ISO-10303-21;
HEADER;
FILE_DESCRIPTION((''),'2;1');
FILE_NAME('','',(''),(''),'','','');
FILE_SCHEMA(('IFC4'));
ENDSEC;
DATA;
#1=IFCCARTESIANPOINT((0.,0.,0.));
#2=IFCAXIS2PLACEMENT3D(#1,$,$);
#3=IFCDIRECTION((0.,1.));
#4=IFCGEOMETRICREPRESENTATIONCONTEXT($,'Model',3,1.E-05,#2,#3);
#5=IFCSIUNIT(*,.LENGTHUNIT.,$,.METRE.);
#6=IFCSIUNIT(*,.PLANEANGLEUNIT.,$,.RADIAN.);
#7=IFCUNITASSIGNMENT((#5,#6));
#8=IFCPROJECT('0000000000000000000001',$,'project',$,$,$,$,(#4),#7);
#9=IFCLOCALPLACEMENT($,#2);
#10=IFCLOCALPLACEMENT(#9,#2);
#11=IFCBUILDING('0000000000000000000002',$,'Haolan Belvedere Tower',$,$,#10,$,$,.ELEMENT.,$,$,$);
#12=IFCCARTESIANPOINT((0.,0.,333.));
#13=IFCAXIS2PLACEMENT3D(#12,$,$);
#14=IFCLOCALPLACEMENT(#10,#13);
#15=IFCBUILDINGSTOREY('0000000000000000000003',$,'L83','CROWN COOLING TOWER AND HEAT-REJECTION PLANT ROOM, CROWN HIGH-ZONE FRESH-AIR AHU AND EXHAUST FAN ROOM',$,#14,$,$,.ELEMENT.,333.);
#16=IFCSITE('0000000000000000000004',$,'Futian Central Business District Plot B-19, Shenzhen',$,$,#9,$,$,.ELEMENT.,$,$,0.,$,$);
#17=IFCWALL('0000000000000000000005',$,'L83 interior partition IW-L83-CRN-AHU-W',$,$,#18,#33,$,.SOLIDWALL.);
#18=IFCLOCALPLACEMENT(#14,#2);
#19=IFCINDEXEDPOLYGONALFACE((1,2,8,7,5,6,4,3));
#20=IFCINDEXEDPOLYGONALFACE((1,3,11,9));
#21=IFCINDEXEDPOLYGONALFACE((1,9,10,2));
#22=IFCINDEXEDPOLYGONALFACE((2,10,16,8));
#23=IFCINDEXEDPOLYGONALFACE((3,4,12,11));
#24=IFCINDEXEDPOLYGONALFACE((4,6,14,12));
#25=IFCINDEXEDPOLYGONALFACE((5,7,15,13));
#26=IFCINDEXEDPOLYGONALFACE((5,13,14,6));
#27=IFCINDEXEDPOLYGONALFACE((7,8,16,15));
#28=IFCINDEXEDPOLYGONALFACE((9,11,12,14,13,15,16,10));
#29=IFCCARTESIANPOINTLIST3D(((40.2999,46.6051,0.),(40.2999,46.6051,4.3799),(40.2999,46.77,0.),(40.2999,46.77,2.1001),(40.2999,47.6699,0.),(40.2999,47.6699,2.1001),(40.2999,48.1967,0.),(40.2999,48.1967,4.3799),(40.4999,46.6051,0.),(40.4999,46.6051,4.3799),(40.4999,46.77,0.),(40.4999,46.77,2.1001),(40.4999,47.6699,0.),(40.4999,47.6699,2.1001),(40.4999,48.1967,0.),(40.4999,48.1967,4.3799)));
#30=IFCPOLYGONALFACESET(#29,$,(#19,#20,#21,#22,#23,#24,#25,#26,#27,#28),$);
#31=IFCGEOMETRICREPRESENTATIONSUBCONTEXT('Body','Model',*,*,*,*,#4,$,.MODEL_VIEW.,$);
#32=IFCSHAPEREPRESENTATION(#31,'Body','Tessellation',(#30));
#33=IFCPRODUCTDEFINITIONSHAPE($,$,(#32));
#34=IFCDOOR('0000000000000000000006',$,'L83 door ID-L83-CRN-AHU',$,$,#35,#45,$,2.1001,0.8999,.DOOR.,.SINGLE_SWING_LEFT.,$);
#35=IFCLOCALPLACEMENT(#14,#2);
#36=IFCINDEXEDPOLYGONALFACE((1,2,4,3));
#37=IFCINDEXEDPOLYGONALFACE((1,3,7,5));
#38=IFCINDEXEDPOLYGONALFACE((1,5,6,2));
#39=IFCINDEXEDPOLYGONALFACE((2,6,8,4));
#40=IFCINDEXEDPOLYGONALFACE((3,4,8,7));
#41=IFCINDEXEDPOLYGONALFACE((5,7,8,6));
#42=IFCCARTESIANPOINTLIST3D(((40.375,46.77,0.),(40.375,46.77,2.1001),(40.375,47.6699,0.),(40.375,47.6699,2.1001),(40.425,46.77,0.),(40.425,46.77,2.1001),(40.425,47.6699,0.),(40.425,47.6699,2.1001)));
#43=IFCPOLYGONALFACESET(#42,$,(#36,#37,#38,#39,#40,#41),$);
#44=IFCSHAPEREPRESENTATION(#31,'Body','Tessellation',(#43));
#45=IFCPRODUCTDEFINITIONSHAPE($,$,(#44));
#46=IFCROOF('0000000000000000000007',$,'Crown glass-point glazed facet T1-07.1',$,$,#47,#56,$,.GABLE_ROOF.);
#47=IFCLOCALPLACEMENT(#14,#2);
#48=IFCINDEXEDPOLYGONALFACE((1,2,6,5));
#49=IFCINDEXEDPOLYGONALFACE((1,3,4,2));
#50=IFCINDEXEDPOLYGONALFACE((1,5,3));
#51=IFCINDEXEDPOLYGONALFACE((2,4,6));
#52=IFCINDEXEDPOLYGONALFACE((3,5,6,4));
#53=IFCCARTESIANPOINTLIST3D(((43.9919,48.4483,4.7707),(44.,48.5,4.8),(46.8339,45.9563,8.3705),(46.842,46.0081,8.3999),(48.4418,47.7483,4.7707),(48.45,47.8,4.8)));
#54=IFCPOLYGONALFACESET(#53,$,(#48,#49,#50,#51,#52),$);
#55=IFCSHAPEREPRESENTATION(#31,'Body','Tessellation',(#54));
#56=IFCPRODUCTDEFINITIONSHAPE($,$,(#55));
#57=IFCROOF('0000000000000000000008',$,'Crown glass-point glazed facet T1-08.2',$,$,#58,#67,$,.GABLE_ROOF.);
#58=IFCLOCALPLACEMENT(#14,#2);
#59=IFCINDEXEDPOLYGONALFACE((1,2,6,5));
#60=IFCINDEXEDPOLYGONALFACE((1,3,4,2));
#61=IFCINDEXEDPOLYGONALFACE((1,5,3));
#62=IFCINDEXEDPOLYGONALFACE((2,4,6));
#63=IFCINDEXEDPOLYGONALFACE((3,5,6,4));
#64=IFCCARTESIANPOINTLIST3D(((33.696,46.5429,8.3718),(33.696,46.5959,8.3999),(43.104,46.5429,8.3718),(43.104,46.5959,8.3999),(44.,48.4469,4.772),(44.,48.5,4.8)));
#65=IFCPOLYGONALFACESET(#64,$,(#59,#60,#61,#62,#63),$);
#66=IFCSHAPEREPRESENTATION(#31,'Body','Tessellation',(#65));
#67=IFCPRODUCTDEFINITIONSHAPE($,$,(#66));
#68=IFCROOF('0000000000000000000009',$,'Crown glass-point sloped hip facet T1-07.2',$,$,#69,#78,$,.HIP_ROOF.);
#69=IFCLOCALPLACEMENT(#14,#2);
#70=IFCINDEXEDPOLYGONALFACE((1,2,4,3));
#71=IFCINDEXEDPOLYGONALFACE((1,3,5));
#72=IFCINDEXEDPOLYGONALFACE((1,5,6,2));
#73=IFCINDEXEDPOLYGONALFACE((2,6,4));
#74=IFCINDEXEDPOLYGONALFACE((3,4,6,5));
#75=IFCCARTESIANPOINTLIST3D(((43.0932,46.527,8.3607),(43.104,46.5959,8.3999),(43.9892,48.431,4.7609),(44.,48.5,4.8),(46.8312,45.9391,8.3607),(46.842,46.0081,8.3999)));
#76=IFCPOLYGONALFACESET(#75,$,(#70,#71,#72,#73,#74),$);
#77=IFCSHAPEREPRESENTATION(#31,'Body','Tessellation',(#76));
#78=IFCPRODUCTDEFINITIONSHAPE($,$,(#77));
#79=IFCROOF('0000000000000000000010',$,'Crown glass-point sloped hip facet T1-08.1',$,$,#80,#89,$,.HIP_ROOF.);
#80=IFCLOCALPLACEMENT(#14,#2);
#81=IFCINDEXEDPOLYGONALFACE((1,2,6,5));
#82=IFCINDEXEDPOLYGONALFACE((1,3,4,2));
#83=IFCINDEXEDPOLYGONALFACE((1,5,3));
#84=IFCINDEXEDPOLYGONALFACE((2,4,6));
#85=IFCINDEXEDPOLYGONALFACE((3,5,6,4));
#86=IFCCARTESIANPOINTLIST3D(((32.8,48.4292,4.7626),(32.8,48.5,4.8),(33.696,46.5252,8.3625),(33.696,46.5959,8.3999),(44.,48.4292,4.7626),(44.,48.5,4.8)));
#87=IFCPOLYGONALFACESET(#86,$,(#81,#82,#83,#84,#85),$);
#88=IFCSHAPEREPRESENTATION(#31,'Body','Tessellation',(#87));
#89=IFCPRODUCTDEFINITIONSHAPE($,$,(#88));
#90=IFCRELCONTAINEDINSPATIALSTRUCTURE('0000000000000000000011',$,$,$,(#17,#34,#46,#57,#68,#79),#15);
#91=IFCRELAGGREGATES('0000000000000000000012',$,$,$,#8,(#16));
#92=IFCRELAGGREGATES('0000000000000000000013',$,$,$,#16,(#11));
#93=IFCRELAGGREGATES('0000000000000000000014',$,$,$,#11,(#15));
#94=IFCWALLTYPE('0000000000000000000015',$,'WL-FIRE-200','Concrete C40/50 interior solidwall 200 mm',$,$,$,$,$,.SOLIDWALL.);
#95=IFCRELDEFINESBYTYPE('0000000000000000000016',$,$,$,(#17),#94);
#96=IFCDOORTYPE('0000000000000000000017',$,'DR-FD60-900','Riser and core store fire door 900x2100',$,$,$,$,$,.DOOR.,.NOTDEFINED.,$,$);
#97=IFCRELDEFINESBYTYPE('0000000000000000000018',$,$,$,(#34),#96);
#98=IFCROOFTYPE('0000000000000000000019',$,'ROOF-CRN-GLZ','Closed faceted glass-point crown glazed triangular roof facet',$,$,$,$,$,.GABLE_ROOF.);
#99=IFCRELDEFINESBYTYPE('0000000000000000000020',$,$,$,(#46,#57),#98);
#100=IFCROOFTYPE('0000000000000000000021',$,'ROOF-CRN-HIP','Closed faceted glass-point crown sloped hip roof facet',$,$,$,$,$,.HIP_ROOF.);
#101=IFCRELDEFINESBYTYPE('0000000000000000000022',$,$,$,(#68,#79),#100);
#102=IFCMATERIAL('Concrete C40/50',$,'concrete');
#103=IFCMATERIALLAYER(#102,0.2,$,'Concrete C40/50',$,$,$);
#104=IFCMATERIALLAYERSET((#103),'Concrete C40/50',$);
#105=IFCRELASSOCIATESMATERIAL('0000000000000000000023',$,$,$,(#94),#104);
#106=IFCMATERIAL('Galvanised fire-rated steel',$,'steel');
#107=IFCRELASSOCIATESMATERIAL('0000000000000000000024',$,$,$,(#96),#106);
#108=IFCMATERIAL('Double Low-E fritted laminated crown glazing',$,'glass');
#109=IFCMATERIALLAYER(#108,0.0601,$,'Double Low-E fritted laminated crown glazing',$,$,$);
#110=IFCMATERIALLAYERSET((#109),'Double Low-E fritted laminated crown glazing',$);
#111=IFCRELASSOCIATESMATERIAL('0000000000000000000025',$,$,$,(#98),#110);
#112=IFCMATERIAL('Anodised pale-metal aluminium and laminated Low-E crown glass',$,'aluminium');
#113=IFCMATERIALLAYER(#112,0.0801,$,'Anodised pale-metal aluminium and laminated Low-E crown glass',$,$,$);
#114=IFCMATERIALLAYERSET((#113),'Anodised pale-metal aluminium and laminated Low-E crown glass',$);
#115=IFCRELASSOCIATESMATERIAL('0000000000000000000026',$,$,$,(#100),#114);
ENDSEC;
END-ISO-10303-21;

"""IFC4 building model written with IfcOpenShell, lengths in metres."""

from ifc_helpers import new_model, si_unit, direction, frame, frame_2d, origin, place, context, subcontext, project, spatial, polyline, rectangle, outline, extrude, material, layer, layer_set, type_object, element, fill, save


model = new_model("IFC4")

# Units and contexts
model_context = context("Model", 3, precision=1e-05, world=origin(), true_north=direction((0.0, 1.0)))
body_context = subcontext(model_context, "Body", "Model", "MODEL_VIEW")
ifc_project = project(units=[si_unit("LENGTHUNIT", "METRE"), si_unit("PLANEANGLEUNIT", "RADIAN")], contexts=[model_context])

# Site, building, storey
site_placement = place(None, origin())
site = spatial("IfcSite", under=ifc_project, at=site_placement, Name="Futian Central Business District Plot B-19, Shenzhen", CompositionType="ELEMENT", RefElevation=0.0)
building_placement = place(site_placement, origin())
building = spatial("IfcBuilding", under=site, at=building_placement, Name="Haolan Belvedere Tower", CompositionType="ELEMENT")
storey_placement = place(building_placement, frame((0.0, 0.0, 333.0)))
storey = spatial("IfcBuildingStorey", under=building, at=storey_placement, Name="L83", Description="CROWN COOLING TOWER AND HEAT-REJECTION PLANT ROOM, CROWN HIGH-ZONE FRESH-AIR AHU AND EXHAUST FAN ROOM", CompositionType="ELEMENT", Elevation=333.0)

# Wall, opening, door
ifc_material_1 = material(Name="Concrete C40/50", Category="concrete")
ifc_layer_1 = layer(ifc_material_1, 0.2, Name="Concrete C40/50")
ifc_layer_set_1 = layer_set([ifc_layer_1], Name="Concrete C40/50")
wall_type_1 = type_object("IfcWallType", Name="WL-FIRE-200", Description="Concrete C40/50 interior solidwall 200 mm", PredefinedType="SOLIDWALL", material=ifc_layer_set_1)
wall_1_placement = place(storey_placement, frame((40.3999, 46.605, 0.0), z_axis=(0.0, 0.0, 1.0), x_axis=(0.0, 1.0, 0.0)))
wall_1 = element("IfcWall", 1, at=wall_1_placement, inside=storey, type_object=wall_type_1, Name="L83 interior partition IW-L83-CRN-AHU-W", PredefinedType="SOLIDWALL", context=body_context, shape_type="SweptSolid", body=[
    extrude(rectangle(XDim=1.5916, YDim=0.2, at=frame_2d((0.7959, 0.0))), origin(), (0.0, 0.0, 1.0), 4.3799),
])
opening_placement = place(wall_1_placement, frame((0.165, 0.0, 0.0)))
opening = element("IfcOpeningElement", 2, at=opening_placement, cuts=wall_1, PredefinedType="OPENING", context=body_context, shape_type="SweptSolid", body=[
    extrude(rectangle(XDim=0.8999, YDim=2.1001, at=frame_2d((0.45, 1.05))), frame((0.0, 0.1099, 0.0), z_axis=(0.0, -1.0, 0.0), x_axis=(1.0, 0.0, 0.0)), (0.0, 0.0, 1.0), 0.22),
])
ifc_material_2 = material(Name="Galvanised fire-rated steel", Category="steel")
door_type = type_object("IfcDoorType", Name="DR-FD60-900", Description="Riser and core store fire door 900x2100", OperationType="NOTDEFINED", PredefinedType="DOOR", material=ifc_material_2)
door_placement = place(opening_placement, origin())
door = element("IfcDoor", 3, at=door_placement, inside=storey, type_object=door_type, Name="L83 door ID-L83-CRN-AHU", OperationType="SINGLE_SWING_LEFT", OverallHeight=2.1001, OverallWidth=0.8999, PredefinedType="DOOR", context=body_context, shape_type="SweptSolid", body=[
    extrude(rectangle(XDim=0.8999, YDim=2.1001, at=frame_2d((0.45, 1.05))), frame((0.0, 0.0249, 0.0), z_axis=(0.0, -1.0, 0.0), x_axis=(1.0, 0.0, 0.0)), (0.0, 0.0, 1.0), 0.05),
])
fill(opening, door)

# Roofs
ifc_material_3 = material(Name="Double Low-E fritted laminated crown glazing", Category="glass")
ifc_layer_2 = layer(ifc_material_3, 0.0601, Name="Double Low-E fritted laminated crown glazing")
ifc_layer_set_2 = layer_set([ifc_layer_2], Name="Double Low-E fritted laminated crown glazing")
roof_type_1 = type_object("IfcRoofType", Name="ROOF-CRN-GLZ", Description="Closed faceted glass-point crown glazed triangular roof facet", PredefinedType="GABLE_ROOF", material=ifc_layer_set_2)
roof_1_placement = place(storey_placement, frame((48.45, 47.8, 4.8), z_axis=(0.135506, 0.861485, 0.489369), x_axis=(-0.987854, 0.155384, 0.0)))
element("IfcRoof", 4, at=roof_1_placement, inside=storey, type_object=roof_type_1, Name="Crown glass-point glazed facet T1-07.1", PredefinedType="GABLE_ROOF", context=body_context, shape_type="SweptSolid", body=[
    extrude(outline(polyline([(0.0, 0.0), (4.5047, 0.0), (1.3099, 4.1279), (0.0, 0.0)])), origin(), (0.0, 0.0, -1.0), 0.0601),
])
roof_2_placement = place(storey_placement, frame((44.0, 48.5, 4.8), z_axis=(0.0, 0.883966, 0.467552), x_axis=(-0.93, -0.171853, 0.32491)))
element("IfcRoof", 5, at=roof_2_placement, inside=storey, type_object=roof_type_1, Name="Crown glass-point glazed facet T1-08.2", PredefinedType="GABLE_ROOF", context=body_context, shape_type="SweptSolid", body=[
    extrude(outline(polyline([(0.0, 0.0), (11.0795, 0.0), (2.3301, 3.458), (0.0, 0.0)])), origin(), (0.0, 0.0, -1.0), 0.0601),
])
ifc_material_4 = material(Name="Anodised pale-metal aluminium and laminated Low-E crown glass", Category="aluminium")
ifc_layer_3 = layer(ifc_material_4, 0.0801, Name="Anodised pale-metal aluminium and laminated Low-E crown glass")
ifc_layer_set_3 = layer_set([ifc_layer_3], Name="Anodised pale-metal aluminium and laminated Low-E crown glass")
roof_type_2 = type_object("IfcRoofType", Name="ROOF-CRN-HIP", Description="Closed faceted glass-point crown sloped hip roof facet", PredefinedType="HIP_ROOF", material=ifc_layer_set_3)
roof_3_placement = place(storey_placement, frame((44.0, 48.5, 4.8), z_axis=(0.135487, 0.861481, 0.489381), x_axis=(-0.214878, -0.45663, 0.863317)))
element("IfcRoof", 6, at=roof_3_placement, inside=storey, type_object=roof_type_2, Name="Crown glass-point sloped hip facet T1-07.2", PredefinedType="HIP_ROOF", context=body_context, shape_type="SweptSolid", body=[
    extrude(outline(polyline([(0.0, 0.0), (4.1698, 0.0), (3.635, 3.746), (0.0, 0.0)])), origin(), (0.0, 0.0, -1.0), 0.0801),
])
roof_4_placement = place(storey_placement, frame((44.0, 48.5, 4.8), z_axis=(0.0, 0.883966, 0.467552), x_axis=(-1.0, 0.0, 0.0)))
element("IfcRoof", 7, at=roof_4_placement, inside=storey, type_object=roof_type_2, Name="Crown glass-point sloped hip facet T1-08.1", PredefinedType="HIP_ROOF", context=body_context, shape_type="SweptSolid", body=[
    extrude(outline(polyline([(0.0, 0.0), (11.2, 0.0), (10.304, 4.0724), (0.0, 0.0)])), origin(), (0.0, 0.0, -1.0), 0.0801),
])

save(model, "model.ifc")
